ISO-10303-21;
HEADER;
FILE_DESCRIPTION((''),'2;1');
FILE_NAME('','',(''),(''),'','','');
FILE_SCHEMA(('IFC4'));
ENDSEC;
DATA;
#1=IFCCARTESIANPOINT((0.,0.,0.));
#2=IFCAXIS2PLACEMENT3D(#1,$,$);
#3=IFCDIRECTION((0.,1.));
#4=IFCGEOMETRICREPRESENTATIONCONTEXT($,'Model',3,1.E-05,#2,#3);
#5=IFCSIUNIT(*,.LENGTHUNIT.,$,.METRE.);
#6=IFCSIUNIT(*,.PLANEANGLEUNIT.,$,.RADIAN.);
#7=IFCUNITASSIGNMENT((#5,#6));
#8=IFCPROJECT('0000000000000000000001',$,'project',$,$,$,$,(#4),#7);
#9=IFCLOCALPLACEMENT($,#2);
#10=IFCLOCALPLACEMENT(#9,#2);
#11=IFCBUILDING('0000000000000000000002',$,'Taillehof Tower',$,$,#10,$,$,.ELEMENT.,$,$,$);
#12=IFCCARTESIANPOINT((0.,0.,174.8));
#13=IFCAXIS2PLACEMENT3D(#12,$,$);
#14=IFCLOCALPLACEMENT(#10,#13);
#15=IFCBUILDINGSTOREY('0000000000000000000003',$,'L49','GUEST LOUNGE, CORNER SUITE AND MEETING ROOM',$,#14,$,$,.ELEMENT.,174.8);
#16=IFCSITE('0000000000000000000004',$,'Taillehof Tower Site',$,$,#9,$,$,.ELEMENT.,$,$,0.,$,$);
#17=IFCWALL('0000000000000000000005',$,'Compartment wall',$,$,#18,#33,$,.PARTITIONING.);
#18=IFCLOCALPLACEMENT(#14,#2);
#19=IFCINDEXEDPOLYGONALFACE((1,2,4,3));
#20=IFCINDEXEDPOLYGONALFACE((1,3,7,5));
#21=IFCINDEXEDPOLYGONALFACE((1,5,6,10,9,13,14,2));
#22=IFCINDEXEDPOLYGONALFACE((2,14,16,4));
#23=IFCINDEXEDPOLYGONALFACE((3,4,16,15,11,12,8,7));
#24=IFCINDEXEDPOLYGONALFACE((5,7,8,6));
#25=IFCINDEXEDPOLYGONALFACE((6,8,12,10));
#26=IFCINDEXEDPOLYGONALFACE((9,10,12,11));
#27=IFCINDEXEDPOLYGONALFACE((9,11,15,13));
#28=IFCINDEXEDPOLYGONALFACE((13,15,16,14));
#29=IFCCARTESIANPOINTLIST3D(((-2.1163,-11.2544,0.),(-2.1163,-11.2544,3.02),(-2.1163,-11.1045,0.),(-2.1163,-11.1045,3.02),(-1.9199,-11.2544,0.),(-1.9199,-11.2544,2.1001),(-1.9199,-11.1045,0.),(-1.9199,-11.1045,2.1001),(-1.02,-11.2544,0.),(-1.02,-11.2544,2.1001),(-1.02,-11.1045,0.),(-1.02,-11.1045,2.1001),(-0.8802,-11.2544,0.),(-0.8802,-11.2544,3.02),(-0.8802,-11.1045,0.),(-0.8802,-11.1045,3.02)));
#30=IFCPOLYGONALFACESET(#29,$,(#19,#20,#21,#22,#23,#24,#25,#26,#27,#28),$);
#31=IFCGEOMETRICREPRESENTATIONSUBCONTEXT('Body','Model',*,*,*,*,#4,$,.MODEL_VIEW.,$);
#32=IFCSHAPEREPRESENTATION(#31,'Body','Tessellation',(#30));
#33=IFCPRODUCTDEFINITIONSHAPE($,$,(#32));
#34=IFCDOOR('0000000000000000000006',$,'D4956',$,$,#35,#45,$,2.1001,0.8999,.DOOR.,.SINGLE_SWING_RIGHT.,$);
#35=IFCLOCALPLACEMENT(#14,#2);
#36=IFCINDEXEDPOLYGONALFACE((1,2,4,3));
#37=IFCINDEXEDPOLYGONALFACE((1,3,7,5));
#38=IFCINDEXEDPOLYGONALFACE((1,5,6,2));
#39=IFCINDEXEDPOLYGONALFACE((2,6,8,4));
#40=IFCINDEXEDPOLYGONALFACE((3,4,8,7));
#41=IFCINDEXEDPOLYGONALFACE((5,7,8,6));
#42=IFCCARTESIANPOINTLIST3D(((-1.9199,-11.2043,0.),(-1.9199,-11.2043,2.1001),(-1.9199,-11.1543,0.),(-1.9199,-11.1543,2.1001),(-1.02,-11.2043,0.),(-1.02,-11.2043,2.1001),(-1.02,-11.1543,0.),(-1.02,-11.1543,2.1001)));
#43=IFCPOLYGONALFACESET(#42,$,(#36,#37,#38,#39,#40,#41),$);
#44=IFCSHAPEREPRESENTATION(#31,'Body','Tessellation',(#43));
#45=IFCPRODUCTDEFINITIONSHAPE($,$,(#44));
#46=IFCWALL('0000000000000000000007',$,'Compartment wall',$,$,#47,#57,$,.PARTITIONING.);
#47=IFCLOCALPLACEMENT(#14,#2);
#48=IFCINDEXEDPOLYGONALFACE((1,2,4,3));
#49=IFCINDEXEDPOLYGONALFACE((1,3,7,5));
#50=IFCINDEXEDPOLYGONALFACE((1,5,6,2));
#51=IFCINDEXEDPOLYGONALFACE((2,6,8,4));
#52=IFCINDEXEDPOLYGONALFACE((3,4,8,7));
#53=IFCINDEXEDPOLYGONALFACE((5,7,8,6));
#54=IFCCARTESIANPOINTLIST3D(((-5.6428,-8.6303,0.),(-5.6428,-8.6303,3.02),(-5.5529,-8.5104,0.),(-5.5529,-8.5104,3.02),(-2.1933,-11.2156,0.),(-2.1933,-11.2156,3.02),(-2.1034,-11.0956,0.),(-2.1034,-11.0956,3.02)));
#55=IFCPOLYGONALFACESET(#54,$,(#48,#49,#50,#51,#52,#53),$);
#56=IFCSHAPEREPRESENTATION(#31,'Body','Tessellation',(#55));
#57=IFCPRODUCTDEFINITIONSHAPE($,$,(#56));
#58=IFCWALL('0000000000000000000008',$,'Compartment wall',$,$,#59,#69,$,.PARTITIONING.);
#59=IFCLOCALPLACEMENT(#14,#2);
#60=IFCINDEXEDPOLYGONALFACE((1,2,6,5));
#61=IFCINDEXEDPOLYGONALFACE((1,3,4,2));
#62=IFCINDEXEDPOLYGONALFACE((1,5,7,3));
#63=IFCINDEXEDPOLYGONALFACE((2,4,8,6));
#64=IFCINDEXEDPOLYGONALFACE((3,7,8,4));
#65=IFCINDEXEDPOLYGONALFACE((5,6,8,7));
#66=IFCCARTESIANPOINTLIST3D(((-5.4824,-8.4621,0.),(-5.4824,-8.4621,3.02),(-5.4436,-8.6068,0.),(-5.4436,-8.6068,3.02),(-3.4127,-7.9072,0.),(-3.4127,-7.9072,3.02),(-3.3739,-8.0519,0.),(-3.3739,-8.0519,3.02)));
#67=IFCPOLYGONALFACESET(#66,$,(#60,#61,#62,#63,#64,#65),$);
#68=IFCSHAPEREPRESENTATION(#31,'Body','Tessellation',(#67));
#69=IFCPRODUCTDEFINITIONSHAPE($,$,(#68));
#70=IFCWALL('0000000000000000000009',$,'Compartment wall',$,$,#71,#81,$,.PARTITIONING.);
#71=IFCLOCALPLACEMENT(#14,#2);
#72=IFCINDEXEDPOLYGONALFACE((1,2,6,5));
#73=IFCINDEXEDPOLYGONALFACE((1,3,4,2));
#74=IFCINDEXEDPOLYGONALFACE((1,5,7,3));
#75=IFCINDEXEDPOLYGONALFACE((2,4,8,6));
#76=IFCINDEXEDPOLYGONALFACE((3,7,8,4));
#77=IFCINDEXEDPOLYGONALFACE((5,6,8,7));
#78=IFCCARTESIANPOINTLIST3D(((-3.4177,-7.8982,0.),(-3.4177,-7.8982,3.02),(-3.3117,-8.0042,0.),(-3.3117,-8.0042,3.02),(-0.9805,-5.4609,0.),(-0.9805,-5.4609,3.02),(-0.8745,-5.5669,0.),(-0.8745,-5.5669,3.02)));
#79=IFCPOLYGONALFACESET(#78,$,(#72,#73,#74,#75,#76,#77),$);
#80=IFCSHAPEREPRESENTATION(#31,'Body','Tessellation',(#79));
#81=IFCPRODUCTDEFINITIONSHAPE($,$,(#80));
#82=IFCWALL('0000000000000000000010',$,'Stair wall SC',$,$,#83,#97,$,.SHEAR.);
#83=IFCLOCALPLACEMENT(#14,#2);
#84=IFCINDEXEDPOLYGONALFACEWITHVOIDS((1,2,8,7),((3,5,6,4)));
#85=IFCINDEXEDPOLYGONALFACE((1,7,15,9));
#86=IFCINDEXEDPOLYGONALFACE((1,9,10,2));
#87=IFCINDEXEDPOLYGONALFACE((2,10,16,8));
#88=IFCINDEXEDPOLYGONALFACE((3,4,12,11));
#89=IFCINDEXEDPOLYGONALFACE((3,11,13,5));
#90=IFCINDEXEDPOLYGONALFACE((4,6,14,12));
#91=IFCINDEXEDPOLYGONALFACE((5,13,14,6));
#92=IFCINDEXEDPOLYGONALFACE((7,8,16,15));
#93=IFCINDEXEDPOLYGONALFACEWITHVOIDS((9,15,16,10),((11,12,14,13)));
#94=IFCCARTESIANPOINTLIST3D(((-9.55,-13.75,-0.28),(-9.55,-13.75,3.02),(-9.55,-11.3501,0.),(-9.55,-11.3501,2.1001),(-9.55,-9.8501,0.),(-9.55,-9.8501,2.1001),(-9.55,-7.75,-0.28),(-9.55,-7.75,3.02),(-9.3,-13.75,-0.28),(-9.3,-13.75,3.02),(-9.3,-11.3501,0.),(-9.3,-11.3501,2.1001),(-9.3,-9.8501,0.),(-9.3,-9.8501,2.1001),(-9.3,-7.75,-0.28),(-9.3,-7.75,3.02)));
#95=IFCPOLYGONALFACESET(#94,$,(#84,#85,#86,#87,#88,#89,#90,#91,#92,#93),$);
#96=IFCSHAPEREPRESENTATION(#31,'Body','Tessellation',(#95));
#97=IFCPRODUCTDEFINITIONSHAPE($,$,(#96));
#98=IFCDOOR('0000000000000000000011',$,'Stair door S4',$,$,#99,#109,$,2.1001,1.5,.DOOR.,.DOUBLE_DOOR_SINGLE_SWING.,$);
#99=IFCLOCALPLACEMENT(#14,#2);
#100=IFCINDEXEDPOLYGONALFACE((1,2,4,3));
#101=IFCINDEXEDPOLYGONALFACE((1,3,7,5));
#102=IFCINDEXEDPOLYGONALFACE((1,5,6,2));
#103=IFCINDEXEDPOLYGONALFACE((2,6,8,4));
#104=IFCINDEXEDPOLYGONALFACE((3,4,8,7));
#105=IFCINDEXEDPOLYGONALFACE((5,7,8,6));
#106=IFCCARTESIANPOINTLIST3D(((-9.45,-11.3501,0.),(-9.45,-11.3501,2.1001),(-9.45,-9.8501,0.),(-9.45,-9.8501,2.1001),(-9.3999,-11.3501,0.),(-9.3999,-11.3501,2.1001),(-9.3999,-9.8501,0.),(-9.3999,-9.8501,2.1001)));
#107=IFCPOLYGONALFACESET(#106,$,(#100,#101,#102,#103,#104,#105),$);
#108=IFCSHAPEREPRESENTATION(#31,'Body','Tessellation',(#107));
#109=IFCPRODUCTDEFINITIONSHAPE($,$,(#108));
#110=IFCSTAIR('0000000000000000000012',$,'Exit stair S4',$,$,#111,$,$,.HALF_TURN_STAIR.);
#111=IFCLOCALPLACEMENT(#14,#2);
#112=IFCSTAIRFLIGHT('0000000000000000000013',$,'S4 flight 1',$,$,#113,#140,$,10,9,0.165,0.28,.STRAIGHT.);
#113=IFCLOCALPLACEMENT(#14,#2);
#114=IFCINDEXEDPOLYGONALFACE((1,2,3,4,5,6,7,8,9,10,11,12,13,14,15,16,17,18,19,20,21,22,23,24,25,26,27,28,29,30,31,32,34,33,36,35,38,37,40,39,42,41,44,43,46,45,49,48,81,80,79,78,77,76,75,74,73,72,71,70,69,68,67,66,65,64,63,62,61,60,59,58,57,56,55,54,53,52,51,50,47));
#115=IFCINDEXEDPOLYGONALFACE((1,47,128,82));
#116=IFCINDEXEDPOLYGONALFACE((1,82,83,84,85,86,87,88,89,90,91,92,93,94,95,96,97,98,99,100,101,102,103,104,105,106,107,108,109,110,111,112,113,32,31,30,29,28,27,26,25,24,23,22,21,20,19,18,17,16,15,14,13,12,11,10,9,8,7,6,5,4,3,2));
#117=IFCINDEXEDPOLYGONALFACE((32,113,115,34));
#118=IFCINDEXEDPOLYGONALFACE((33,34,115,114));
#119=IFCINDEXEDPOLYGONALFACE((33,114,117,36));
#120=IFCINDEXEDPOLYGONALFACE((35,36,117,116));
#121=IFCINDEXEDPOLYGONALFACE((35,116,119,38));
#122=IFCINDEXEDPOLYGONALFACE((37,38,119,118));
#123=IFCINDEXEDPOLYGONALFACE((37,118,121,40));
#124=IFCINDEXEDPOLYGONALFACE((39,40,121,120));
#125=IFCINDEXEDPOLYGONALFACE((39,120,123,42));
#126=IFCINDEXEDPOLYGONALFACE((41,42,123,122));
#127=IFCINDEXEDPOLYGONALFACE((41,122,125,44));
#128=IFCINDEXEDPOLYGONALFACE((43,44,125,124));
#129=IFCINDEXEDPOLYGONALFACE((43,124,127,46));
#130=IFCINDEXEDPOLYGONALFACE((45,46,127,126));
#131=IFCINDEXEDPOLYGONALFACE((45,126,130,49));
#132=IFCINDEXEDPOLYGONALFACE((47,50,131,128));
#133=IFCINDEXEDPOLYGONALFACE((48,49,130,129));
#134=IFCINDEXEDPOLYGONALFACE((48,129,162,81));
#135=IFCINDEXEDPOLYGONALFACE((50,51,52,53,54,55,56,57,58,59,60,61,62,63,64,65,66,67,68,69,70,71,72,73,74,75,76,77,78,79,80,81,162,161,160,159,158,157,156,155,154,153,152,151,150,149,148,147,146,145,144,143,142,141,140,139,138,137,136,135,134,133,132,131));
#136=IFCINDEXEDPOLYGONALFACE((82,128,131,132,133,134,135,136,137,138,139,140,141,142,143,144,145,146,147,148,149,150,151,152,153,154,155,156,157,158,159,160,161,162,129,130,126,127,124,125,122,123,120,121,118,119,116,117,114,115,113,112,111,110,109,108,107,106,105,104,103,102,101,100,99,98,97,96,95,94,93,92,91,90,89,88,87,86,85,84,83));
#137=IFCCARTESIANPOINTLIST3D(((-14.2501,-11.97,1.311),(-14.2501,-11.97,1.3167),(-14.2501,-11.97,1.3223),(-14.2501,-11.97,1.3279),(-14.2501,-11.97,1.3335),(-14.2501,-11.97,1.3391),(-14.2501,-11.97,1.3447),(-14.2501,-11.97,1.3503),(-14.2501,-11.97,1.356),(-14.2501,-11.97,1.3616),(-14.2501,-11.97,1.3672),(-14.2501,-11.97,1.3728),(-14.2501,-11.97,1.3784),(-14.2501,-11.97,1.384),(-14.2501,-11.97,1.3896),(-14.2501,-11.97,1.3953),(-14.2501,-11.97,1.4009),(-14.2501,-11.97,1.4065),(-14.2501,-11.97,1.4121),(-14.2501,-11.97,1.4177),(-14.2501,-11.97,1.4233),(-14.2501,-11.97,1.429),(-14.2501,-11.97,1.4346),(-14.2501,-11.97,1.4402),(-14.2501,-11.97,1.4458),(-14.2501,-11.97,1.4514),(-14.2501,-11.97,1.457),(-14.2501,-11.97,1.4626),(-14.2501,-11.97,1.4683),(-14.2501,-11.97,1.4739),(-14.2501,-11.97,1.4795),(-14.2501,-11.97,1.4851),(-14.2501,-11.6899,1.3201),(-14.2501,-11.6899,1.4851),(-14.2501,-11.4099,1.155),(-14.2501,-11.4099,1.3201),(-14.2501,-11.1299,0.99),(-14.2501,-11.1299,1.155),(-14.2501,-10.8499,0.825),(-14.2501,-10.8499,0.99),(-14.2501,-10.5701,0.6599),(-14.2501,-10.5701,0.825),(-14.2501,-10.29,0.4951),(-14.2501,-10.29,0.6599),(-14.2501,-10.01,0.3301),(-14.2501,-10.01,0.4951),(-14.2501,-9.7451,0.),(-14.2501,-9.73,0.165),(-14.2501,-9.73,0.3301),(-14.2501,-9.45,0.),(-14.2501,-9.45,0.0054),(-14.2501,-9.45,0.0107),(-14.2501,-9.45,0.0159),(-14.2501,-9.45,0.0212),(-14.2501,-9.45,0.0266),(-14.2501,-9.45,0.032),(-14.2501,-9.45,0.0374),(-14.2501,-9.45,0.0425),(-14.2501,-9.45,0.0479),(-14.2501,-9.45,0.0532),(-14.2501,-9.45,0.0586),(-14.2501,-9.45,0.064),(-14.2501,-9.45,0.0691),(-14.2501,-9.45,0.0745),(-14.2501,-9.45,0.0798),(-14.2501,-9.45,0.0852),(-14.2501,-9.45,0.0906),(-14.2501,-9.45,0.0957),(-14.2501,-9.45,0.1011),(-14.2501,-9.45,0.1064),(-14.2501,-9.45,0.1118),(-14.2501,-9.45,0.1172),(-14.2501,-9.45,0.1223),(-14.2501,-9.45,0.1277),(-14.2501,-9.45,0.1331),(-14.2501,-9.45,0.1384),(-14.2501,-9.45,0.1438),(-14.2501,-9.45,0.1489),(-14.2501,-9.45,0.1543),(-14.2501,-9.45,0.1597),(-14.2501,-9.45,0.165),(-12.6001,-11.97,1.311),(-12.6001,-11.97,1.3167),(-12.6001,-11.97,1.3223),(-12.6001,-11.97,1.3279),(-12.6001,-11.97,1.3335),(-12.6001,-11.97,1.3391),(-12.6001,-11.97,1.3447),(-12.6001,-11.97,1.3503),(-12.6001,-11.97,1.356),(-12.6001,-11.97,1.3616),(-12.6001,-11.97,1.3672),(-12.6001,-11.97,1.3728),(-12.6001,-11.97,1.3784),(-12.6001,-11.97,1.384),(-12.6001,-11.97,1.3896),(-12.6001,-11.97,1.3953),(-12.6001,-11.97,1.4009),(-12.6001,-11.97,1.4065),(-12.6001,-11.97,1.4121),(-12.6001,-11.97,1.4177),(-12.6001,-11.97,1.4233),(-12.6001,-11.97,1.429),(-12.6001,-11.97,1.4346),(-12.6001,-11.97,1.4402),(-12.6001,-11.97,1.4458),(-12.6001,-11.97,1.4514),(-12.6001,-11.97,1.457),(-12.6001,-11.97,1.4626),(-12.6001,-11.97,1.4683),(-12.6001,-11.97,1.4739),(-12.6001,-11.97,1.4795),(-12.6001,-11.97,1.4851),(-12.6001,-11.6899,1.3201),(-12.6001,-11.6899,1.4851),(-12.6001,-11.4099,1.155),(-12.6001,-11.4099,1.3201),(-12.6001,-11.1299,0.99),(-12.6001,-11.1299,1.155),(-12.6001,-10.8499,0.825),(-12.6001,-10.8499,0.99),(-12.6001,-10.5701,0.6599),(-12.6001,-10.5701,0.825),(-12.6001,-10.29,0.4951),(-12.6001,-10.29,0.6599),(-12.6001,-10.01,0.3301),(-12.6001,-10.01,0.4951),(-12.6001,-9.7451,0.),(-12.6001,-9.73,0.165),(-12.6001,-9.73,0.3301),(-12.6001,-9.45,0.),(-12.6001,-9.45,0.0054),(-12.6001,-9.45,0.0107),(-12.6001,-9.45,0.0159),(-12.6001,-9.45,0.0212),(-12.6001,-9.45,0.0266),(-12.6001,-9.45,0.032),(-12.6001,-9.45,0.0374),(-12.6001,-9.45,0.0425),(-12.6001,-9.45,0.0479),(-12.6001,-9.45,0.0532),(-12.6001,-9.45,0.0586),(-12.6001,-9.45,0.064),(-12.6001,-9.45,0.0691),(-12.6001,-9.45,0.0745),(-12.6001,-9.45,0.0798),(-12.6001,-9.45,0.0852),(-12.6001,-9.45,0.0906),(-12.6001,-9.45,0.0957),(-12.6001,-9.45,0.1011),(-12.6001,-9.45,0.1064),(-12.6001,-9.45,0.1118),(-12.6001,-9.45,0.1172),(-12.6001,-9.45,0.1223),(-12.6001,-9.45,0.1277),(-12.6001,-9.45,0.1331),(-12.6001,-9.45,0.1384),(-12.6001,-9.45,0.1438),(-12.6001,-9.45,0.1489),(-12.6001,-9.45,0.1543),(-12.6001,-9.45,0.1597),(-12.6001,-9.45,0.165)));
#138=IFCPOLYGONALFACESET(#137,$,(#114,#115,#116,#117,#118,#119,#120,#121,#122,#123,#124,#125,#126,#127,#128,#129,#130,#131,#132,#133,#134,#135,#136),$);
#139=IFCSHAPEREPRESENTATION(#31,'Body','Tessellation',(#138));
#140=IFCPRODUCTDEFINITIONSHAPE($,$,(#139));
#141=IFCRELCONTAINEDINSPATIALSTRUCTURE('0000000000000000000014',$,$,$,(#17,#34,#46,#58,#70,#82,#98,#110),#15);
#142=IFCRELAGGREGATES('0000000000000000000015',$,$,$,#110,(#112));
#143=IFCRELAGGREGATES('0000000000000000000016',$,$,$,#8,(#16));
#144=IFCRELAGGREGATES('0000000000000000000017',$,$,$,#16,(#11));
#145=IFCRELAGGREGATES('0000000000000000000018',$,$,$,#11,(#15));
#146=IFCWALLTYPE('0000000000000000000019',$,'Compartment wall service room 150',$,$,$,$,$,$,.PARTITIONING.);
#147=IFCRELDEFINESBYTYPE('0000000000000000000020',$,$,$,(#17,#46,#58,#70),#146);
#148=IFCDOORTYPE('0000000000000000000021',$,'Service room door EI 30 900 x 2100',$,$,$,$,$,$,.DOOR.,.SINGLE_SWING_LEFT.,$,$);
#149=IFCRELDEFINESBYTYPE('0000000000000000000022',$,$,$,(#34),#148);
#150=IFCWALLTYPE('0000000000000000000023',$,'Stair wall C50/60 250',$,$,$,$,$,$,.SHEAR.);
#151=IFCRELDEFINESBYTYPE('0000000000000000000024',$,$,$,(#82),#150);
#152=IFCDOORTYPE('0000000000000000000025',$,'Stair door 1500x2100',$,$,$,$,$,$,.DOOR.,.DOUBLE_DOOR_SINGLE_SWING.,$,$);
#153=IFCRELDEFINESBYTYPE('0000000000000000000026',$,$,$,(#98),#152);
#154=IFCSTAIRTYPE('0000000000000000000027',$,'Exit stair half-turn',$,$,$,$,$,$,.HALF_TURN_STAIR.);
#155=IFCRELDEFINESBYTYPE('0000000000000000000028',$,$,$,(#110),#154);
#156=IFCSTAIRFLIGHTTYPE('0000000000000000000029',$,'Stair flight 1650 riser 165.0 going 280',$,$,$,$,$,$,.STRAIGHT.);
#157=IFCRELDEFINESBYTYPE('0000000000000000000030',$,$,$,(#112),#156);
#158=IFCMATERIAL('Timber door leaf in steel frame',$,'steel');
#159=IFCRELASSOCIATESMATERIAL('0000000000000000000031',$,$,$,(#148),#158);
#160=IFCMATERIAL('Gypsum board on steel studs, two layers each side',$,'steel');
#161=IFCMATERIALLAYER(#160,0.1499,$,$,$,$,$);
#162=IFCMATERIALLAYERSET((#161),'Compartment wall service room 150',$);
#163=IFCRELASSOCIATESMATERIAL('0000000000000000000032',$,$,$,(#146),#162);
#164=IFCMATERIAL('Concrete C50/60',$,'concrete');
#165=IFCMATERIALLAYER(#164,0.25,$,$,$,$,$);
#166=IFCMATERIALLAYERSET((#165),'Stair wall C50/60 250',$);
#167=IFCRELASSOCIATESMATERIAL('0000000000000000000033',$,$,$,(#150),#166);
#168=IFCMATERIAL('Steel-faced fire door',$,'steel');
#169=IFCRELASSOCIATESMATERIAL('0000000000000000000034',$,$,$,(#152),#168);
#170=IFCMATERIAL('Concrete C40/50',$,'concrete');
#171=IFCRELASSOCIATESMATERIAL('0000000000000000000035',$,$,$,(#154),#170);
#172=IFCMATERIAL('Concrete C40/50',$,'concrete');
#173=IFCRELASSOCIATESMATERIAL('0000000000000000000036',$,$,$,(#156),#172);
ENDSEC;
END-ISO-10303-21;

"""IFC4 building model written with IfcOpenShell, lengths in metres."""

from ifc_helpers import new_model, si_unit, direction, frame, frame_2d, origin, place, context, subcontext, project, spatial, polyline, rectangle, outline, extrude, material, layer, layer_set, type_object, element, fill, aggregate, save


model = new_model("IFC4")

# Units and contexts
model_context = context("Model", 3, precision=1e-05, world=origin(), true_north=direction((0.0, 1.0)))
body_context = subcontext(model_context, "Body", "Model", "MODEL_VIEW")
ifc_project = project(units=[si_unit("LENGTHUNIT", "METRE"), si_unit("PLANEANGLEUNIT", "RADIAN")], contexts=[model_context])

# Site, building, storey
site_placement = place(None, origin())
site = spatial("IfcSite", under=ifc_project, at=site_placement, Name="Taillehof Tower Site", CompositionType="ELEMENT", RefElevation=0.0)
building_placement = place(site_placement, origin())
building = spatial("IfcBuilding", under=site, at=building_placement, Name="Taillehof Tower", CompositionType="ELEMENT")
storey_placement = place(building_placement, frame((0.0, 0.0, 174.8)))
storey = spatial("IfcBuildingStorey", under=building, at=storey_placement, Name="L49", Description="GUEST LOUNGE, CORNER SUITE AND MEETING ROOM", CompositionType="ELEMENT", Elevation=174.8)

# Shared definitions
ifc_material_1 = material(Name="Timber door leaf in steel frame", Category="steel")
door_type_1 = type_object("IfcDoorType", Name="Service room door EI 30 900 x 2100", OperationType="SINGLE_SWING_LEFT", PredefinedType="DOOR", material=ifc_material_1)

# Wall, opening, door
ifc_material_2 = material(Name="Gypsum board on steel studs, two layers each side", Category="steel")
ifc_layer_1 = layer(ifc_material_2, 0.1499)
ifc_layer_set_1 = layer_set([ifc_layer_1], Name="Compartment wall service room 150")
wall_type_1 = type_object("IfcWallType", Name="Compartment wall service room 150", PredefinedType="PARTITIONING", material=ifc_layer_set_1)
wall_1_placement = place(storey_placement, frame((-0.8801, -11.1794, 0.0), z_axis=(0.0, 0.0, 1.0), x_axis=(-1.0, 0.0, 0.0)))
wall_1 = element("IfcWall", 1, at=wall_1_placement, inside=storey, type_object=wall_type_1, Name="Compartment wall", PredefinedType="PARTITIONING", context=body_context, shape_type="SweptSolid", body=[
    extrude(rectangle(XDim=1.2361, YDim=0.1499, at=frame_2d((0.6182, 0.0))), origin(), (0.0, 0.0, 1.0), 3.02),
])
opening_1_placement = place(wall_1_placement, frame((0.1399, 0.0, 0.0)))
opening_1 = element("IfcOpeningElement", 2, at=opening_1_placement, cuts=wall_1, PredefinedType="OPENING", context=body_context, shape_type="SweptSolid", body=[
    extrude(rectangle(XDim=0.8999, YDim=2.1001, at=frame_2d((0.45, 1.05))), frame((0.0, 0.085, 0.0), z_axis=(0.0, -1.0, 0.0), x_axis=(1.0, 0.0, 0.0)), (0.0, 0.0, 1.0), 0.1699),
])
door_1_placement = place(opening_1_placement, origin())
door_1 = element("IfcDoor", 3, at=door_1_placement, inside=storey, type_object=door_type_1, Name="D4956", OperationType="SINGLE_SWING_RIGHT", OverallHeight=2.1001, OverallWidth=0.8999, PredefinedType="DOOR", context=body_context, shape_type="SweptSolid", body=[
    extrude(rectangle(XDim=0.8999, YDim=2.1001, at=frame_2d((0.45, 1.05))), frame((0.0, 0.0249, 0.0), z_axis=(0.0, -1.0, 0.0), x_axis=(1.0, 0.0, 0.0)), (0.0, 0.0, 1.0), 0.05),
])
fill(opening_1, door_1)

# Walls
wall_2_placement = place(storey_placement, frame((-2.1484, -11.1555, 0.0), z_axis=(0.0, 0.0, 1.0), x_axis=(-0.800211, 0.599719, 0.0)))
element("IfcWall", 4, at=wall_2_placement, inside=storey, type_object=wall_type_1, Name="Compartment wall", PredefinedType="PARTITIONING", context=body_context, shape_type="SweptSolid", body=[
    extrude(rectangle(XDim=4.3108, YDim=0.1499, at=frame_2d((2.1553, 0.0))), origin(), (0.0, 0.0, 1.0), 3.02),
])
wall_3_placement = place(storey_placement, frame((-5.4629, -8.5344, 0.0), z_axis=(0.0, 0.0, 1.0), x_axis=(0.965888, 0.25896, 0.0)))
element("IfcWall", 5, at=wall_3_placement, inside=storey, type_object=wall_type_1, Name="Compartment wall", PredefinedType="PARTITIONING", context=body_context, shape_type="SweptSolid", body=[
    extrude(rectangle(XDim=2.1428, YDim=0.1499, at=frame_2d((1.0713, 0.0))), origin(), (0.0, 0.0, 1.0), 3.02),
])
wall_4_placement = place(storey_placement, frame((-3.3647, -7.9512, 0.0), z_axis=(0.0, 0.0, 1.0), x_axis=(0.707107, 0.707107, 0.0)))
element("IfcWall", 6, at=wall_4_placement, inside=storey, type_object=wall_type_1, Name="Compartment wall", PredefinedType="PARTITIONING", context=body_context, shape_type="SweptSolid", body=[
    extrude(rectangle(XDim=3.4468, YDim=0.1499, at=frame_2d((1.7234, 0.0))), origin(), (0.0, 0.0, 1.0), 3.02),
])

# Wall, opening, door
ifc_material_3 = material(Name="Concrete C50/60", Category="concrete")
ifc_layer_2 = layer(ifc_material_3, 0.25)
ifc_layer_set_2 = layer_set([ifc_layer_2], Name="Stair wall C50/60 250")
wall_type_2 = type_object("IfcWallType", Name="Stair wall C50/60 250", PredefinedType="SHEAR", material=ifc_layer_set_2)
wall_5_placement = place(storey_placement, frame((-9.425, -13.75, -0.28), z_axis=(0.0, 0.0, 1.0), x_axis=(0.0, 1.0, 0.0)))
wall_5 = element("IfcWall", 7, at=wall_5_placement, inside=storey, type_object=wall_type_2, Name="Stair wall SC", PredefinedType="SHEAR", context=body_context, shape_type="SweptSolid", body=[
    extrude(rectangle(XDim=6.0, YDim=0.25, at=frame_2d((3.0, 0.0))), origin(), (0.0, 0.0, 1.0), 3.3),
])
opening_2_placement = place(wall_5_placement, frame((2.3999, 0.0, 0.28)))
opening_2 = element("IfcOpeningElement", 8, at=opening_2_placement, cuts=wall_5, PredefinedType="OPENING", context=body_context, shape_type="SweptSolid", body=[
    extrude(rectangle(XDim=1.5, YDim=2.1001, at=frame_2d((0.75, 1.05))), frame((0.0, 0.135, 0.0), z_axis=(0.0, -1.0, 0.0), x_axis=(1.0, 0.0, 0.0)), (0.0, 0.0, 1.0), 0.27),
])
ifc_material_4 = material(Name="Steel-faced fire door", Category="steel")
door_type_2 = type_object("IfcDoorType", Name="Stair door 1500x2100", OperationType="DOUBLE_DOOR_SINGLE_SWING", PredefinedType="DOOR", material=ifc_material_4)
door_2_placement = place(opening_2_placement, origin())
door_2 = element("IfcDoor", 9, at=door_2_placement, inside=storey, type_object=door_type_2, Name="Stair door S4", OperationType="DOUBLE_DOOR_SINGLE_SWING", OverallHeight=2.1001, OverallWidth=1.5, PredefinedType="DOOR", context=body_context, shape_type="SweptSolid", body=[
    extrude(rectangle(XDim=1.5, YDim=2.1001, at=frame_2d((0.75, 1.05))), frame((0.0, 0.0249, 0.0), z_axis=(0.0, -1.0, 0.0), x_axis=(1.0, 0.0, 0.0)), (0.0, 0.0, 1.0), 0.05),
])
fill(opening_2, door_2)

# Stair, stair flight
ifc_material_5 = material(Name="Concrete C40/50", Category="concrete")
stair_type = type_object("IfcStairType", Name="Exit stair half-turn", PredefinedType="HALF_TURN_STAIR", material=ifc_material_5)
stair_placement = place(storey_placement, origin())
stair = element("IfcStair", 10, at=stair_placement, inside=storey, type_object=stair_type, Name="Exit stair S4", PredefinedType="HALF_TURN_STAIR")
ifc_material_6 = material(Name="Concrete C40/50", Category="concrete")
stair_flight_type = type_object("IfcStairFlightType", Name="Stair flight 1650 riser 165.0 going 280", PredefinedType="STRAIGHT", material=ifc_material_6)
stair_flight_1_placement = place(storey_placement, frame((-13.425, -9.45, 0.0), z_axis=(0.0, 0.0, 1.0), x_axis=(0.0, -1.0, 0.0)))
stair_flight_1 = element("IfcStairFlight", 11, at=stair_flight_1_placement, type_object=stair_flight_type, Name="S4 flight 1", NumberOfRisers=10, NumberOfTreads=9, PredefinedType="STRAIGHT", RiserHeight=0.165, TreadLength=0.28, context=body_context, shape_type="SweptSolid", body=[
    extrude(outline(polyline([(0.0, 0.0), (0.0, 0.0054), (0.0, 0.0107), (0.0, 0.0159), (0.0, 0.0212), (0.0, 0.0266), (0.0, 0.032), (0.0, 0.0374), (0.0, 0.0425), (0.0, 0.0479), (0.0, 0.0532), (0.0, 0.0586), (0.0, 0.064), (0.0, 0.0691), (0.0, 0.0745), (0.0, 0.0798), (0.0, 0.0852), (0.0, 0.0906), (0.0, 0.0957), (0.0, 0.1011), (0.0, 0.1064), (0.0, 0.1118), (0.0, 0.1172), (0.0, 0.1223), (0.0, 0.1277), (0.0, 0.1331), (0.0, 0.1384), (0.0, 0.1438), (0.0, 0.1489), (0.0, 0.1543), (0.0, 0.1597), (0.0, 0.165), (0.28, 0.165), (0.28, 0.3301), (0.5601, 0.3301), (0.5601, 0.4951), (0.8401, 0.4951), (0.8401, 0.6599), (1.1201, 0.6599), (1.1201, 0.825), (1.3999, 0.825), (1.3999, 0.99), (1.6799, 0.99), (1.6799, 1.155), (1.96, 1.155), (1.96, 1.3201), (2.24, 1.3201), (2.24, 1.4851), (2.52, 1.4851), (2.52, 1.4795), (2.52, 1.4739), (2.52, 1.4683), (2.52, 1.4626), (2.52, 1.457), (2.52, 1.4514), (2.52, 1.4458), (2.52, 1.4402), (2.52, 1.4346), (2.52, 1.429), (2.52, 1.4233), (2.52, 1.4177), (2.52, 1.4121), (2.52, 1.4065), (2.52, 1.4009), (2.52, 1.3953), (2.52, 1.3896), (2.52, 1.384), (2.52, 1.3784), (2.52, 1.3728), (2.52, 1.3672), (2.52, 1.3616), (2.52, 1.356), (2.52, 1.3503), (2.52, 1.3447), (2.52, 1.3391), (2.52, 1.3335), (2.52, 1.3279), (2.52, 1.3223), (2.52, 1.3167), (2.52, 1.311), (0.2952, 0.0), (0.0, 0.0)])), frame((0.0, 0.825, 0.0), z_axis=(0.0, -1.0, 0.0), x_axis=(1.0, 0.0, 0.0)), (0.0, 0.0, 1.0), 1.65),
])
aggregate(stair, [stair_flight_1])

save(model, "model.ifc")
